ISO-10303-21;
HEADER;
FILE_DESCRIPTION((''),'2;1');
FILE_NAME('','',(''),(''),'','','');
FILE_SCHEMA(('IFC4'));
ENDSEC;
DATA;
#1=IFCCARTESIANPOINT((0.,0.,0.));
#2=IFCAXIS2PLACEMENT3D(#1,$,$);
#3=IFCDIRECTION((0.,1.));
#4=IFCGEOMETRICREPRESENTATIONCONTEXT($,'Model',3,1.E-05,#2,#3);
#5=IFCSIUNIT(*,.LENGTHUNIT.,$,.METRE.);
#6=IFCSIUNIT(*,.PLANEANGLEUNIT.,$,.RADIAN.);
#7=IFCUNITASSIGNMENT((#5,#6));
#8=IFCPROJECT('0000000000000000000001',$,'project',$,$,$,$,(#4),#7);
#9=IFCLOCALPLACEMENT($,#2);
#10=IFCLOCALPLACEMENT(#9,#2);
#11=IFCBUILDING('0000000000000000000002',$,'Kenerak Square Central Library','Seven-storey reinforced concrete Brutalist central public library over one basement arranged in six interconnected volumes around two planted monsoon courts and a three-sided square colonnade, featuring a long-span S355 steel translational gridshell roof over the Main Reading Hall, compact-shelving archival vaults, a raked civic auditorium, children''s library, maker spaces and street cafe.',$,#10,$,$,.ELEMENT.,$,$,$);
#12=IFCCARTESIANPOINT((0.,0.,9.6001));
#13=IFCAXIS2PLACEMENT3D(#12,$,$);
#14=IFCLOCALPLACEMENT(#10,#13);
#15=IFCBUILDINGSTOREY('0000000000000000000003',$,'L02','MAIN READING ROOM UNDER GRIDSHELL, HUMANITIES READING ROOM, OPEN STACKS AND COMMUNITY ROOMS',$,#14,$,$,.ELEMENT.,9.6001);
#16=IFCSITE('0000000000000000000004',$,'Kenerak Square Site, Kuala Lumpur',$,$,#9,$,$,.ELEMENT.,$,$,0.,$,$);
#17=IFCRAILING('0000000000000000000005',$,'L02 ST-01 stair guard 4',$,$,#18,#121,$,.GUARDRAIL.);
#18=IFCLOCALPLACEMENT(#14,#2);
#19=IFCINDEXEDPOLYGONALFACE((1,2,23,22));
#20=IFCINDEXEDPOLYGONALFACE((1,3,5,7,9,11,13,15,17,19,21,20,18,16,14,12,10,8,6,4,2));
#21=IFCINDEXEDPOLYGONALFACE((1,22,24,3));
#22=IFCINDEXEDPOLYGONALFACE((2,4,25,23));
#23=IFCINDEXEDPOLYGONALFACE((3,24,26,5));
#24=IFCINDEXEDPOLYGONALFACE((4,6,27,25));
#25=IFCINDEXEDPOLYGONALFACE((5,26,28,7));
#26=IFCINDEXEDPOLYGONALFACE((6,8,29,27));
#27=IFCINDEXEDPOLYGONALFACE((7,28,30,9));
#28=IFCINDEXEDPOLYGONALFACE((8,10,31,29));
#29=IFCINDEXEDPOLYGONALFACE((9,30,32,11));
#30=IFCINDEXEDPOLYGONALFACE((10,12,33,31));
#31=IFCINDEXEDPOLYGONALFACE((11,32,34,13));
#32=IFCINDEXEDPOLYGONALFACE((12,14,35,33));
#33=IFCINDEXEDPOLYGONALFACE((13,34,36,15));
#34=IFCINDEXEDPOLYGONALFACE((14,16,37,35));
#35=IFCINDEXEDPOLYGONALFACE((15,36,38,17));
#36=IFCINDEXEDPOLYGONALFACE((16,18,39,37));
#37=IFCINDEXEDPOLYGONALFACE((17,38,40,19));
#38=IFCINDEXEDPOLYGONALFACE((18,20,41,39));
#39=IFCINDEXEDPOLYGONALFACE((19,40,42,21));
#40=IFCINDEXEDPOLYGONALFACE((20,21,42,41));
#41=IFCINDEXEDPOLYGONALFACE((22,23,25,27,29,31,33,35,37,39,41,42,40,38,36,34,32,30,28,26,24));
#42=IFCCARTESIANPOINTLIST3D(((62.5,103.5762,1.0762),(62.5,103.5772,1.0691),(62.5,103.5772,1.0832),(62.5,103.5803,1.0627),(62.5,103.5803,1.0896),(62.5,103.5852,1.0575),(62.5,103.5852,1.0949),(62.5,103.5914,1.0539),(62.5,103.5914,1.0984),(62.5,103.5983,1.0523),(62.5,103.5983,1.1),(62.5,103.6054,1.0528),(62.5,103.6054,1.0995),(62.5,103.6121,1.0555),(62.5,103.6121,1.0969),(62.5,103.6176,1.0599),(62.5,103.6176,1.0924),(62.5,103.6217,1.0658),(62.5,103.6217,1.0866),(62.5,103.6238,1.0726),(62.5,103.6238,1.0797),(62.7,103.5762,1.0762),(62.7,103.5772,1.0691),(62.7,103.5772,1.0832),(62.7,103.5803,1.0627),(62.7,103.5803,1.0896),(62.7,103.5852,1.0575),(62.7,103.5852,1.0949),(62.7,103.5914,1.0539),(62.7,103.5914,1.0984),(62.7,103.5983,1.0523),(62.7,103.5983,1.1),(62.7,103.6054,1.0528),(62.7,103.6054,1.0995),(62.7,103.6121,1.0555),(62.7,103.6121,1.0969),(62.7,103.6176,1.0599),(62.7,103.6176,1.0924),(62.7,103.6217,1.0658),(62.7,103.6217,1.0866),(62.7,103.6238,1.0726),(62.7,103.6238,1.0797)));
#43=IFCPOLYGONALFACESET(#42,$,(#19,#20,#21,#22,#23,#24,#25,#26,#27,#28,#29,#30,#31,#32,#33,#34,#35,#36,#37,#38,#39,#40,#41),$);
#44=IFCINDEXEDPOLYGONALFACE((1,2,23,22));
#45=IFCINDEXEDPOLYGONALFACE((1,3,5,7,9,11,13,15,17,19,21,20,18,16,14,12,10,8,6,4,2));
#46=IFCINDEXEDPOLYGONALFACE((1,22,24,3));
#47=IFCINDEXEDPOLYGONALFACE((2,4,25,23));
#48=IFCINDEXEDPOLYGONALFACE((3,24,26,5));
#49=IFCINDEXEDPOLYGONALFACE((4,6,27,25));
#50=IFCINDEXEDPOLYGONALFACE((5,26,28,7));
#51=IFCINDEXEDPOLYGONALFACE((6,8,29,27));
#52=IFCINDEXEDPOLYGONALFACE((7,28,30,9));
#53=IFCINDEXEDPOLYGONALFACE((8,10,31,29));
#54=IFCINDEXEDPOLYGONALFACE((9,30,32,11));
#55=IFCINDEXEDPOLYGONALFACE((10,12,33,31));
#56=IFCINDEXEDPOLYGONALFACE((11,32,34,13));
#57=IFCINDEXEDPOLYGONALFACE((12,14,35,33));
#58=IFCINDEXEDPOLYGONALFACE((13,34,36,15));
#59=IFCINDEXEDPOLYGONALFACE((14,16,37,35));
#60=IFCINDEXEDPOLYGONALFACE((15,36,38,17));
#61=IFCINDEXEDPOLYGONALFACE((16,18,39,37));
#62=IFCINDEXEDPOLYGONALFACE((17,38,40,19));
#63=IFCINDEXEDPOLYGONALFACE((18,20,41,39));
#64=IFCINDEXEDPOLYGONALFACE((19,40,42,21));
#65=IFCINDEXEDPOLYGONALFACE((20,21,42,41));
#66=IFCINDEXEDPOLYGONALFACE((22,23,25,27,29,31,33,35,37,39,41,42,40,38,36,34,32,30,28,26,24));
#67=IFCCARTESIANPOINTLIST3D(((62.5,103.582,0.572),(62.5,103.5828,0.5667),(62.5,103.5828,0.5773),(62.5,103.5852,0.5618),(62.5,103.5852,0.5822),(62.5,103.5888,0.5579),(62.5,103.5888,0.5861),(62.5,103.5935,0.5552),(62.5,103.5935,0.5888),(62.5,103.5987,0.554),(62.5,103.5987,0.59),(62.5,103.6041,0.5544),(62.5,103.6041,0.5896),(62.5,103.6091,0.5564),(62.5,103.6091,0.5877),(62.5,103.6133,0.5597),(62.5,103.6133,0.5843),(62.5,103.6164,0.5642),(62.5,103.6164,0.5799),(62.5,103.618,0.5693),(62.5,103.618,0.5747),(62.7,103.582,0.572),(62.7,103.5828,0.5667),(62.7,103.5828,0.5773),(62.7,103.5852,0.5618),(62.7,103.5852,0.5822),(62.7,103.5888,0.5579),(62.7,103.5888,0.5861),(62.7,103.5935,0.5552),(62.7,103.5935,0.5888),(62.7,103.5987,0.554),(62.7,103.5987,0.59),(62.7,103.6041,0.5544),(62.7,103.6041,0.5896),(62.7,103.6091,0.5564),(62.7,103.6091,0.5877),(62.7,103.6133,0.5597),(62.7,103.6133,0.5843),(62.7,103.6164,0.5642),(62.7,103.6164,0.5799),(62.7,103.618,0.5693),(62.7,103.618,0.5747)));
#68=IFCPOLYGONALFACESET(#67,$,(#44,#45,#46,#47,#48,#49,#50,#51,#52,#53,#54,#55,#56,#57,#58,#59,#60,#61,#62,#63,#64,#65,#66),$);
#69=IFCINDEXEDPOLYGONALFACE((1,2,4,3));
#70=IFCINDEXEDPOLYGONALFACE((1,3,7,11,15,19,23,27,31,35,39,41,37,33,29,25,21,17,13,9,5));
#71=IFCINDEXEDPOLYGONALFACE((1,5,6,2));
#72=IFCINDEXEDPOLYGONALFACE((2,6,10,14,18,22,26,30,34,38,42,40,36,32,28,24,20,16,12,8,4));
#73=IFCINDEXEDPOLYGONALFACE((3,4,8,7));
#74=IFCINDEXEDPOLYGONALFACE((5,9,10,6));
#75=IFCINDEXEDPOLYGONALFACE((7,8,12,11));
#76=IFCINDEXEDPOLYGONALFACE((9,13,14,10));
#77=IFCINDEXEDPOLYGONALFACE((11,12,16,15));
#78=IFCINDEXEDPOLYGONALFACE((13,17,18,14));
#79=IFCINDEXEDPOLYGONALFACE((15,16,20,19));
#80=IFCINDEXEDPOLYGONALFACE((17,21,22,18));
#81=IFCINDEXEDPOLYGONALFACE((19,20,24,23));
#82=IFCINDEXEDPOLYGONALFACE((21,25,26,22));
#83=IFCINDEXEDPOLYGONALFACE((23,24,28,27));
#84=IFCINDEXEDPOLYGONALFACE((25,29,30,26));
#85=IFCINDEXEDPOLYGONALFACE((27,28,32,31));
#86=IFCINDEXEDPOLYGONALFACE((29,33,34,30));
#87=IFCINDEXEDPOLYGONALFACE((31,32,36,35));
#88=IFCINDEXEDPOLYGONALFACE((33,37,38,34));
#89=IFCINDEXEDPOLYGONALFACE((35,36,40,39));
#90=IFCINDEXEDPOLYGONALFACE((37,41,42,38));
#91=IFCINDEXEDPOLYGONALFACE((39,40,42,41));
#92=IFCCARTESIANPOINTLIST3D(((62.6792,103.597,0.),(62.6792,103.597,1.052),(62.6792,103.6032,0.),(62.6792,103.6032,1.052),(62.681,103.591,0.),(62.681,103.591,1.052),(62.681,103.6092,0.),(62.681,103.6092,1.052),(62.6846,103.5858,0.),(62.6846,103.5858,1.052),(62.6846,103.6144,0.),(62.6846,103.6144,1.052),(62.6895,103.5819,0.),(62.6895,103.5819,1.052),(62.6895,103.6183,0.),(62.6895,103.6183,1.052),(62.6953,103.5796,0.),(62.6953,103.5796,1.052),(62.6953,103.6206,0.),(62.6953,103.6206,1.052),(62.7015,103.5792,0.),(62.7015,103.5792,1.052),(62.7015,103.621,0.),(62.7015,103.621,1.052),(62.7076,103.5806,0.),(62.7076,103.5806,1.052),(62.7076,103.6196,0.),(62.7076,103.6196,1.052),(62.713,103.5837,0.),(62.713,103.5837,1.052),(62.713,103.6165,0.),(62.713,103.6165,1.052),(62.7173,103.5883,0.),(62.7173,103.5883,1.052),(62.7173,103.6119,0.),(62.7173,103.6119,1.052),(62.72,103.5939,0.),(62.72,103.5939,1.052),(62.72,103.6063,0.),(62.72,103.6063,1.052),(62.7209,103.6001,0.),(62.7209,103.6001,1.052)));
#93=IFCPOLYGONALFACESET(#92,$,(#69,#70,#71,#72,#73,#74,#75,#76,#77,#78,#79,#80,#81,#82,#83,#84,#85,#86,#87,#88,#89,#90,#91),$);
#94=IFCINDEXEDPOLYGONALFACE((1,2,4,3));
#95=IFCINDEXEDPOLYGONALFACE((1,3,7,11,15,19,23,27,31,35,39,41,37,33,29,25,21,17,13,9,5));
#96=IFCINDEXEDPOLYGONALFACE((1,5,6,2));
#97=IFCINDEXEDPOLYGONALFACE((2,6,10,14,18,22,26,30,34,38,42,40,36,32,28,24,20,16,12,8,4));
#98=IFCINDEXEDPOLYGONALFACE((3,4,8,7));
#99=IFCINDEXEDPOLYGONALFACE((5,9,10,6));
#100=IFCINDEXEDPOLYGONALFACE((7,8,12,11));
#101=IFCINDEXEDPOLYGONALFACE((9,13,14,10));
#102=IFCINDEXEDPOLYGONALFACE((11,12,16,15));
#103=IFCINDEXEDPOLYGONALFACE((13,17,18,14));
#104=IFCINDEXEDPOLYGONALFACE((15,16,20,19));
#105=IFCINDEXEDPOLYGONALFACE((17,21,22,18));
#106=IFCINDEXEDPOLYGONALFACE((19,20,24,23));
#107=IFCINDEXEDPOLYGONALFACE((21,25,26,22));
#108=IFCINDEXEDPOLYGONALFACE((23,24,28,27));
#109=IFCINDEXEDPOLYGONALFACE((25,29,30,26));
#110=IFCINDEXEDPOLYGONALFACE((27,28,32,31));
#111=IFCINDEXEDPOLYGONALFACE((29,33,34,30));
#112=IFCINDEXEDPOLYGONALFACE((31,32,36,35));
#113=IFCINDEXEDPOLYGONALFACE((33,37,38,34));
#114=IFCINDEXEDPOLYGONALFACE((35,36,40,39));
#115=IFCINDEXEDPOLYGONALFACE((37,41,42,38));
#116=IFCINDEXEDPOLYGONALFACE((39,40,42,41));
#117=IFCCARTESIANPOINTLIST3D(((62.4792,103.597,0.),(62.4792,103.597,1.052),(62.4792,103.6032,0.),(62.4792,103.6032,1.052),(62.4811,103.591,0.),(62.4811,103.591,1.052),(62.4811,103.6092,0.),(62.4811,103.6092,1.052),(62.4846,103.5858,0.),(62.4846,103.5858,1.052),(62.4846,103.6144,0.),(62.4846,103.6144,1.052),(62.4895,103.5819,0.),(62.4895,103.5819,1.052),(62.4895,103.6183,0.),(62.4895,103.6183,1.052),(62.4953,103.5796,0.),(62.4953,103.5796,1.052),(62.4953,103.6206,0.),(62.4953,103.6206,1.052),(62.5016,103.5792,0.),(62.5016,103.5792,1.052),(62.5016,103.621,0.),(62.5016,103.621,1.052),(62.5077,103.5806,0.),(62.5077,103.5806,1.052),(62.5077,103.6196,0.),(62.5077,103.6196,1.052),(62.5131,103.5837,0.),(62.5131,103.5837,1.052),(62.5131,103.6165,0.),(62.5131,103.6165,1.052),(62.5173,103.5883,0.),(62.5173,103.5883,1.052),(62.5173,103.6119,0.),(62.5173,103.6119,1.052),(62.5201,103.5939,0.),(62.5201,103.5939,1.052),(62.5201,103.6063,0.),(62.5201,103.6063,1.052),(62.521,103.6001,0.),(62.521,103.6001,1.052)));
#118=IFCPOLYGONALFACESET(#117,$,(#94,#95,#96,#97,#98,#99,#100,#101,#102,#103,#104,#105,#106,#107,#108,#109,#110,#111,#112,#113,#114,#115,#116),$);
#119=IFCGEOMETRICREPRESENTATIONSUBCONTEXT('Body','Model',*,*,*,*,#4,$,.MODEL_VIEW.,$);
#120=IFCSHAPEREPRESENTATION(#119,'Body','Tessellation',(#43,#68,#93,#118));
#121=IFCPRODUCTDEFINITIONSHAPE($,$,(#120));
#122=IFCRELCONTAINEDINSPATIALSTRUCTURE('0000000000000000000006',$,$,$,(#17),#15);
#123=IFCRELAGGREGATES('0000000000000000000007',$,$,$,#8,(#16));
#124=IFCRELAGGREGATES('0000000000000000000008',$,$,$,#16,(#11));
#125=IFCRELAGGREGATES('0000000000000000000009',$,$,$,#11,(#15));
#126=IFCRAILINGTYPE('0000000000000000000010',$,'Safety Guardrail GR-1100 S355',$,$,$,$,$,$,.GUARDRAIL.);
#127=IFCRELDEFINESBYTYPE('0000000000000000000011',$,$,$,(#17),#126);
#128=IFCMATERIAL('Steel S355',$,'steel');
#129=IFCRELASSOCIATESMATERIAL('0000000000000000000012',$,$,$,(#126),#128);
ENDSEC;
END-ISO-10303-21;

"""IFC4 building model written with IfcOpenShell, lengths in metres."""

from ifc_helpers import new_model, si_unit, direction, frame, origin, origin_2d, place, context, subcontext, project, spatial, circle, extrude, material, type_object, element, save


model = new_model("IFC4")

# Units and contexts
model_context = context("Model", 3, precision=1e-05, world=origin(), true_north=direction((0.0, 1.0)))
body_context = subcontext(model_context, "Body", "Model", "MODEL_VIEW")
ifc_project = project(units=[si_unit("LENGTHUNIT", "METRE"), si_unit("PLANEANGLEUNIT", "RADIAN")], contexts=[model_context])

# Site, building, storey
site_placement = place(None, origin())
site = spatial("IfcSite", under=ifc_project, at=site_placement, Name="Kenerak Square Site, Kuala Lumpur", CompositionType="ELEMENT", RefElevation=0.0)
building_placement = place(site_placement, origin())
building = spatial("IfcBuilding", under=site, at=building_placement, Name="Kenerak Square Central Library", Description="Seven-storey reinforced concrete Brutalist central public library over one basement arranged in six interconnected volumes around two planted monsoon courts and a three-sided square colonnade, featuring a long-span S355 steel translational gridshell roof over the Main Reading Hall, compact-shelving archival vaults, a raked civic auditorium, children's library, maker spaces and street cafe.", CompositionType="ELEMENT")
storey_placement = place(building_placement, frame((0.0, 0.0, 9.6001)))
storey = spatial("IfcBuildingStorey", under=building, at=storey_placement, Name="L02", Description="MAIN READING ROOM UNDER GRIDSHELL, HUMANITIES READING ROOM, OPEN STACKS AND COMMUNITY ROOMS", CompositionType="ELEMENT", Elevation=9.6001)

# Shared definitions
ifc_material_1 = material(Name="Steel S355", Category="steel")

# Railing
railing_type_1 = type_object("IfcRailingType", Name="Safety Guardrail GR-1100 S355", PredefinedType="GUARDRAIL", material=ifc_material_1)
railing_1_placement = place(storey_placement, frame((62.7, 103.6001, 0.0)))
element("IfcRailing", 1, at=railing_1_placement, inside=storey, type_object=railing_type_1, Name="L02 ST-01 stair guard 4", PredefinedType="GUARDRAIL", context=body_context, shape_type="SweptSolid", body=[
    extrude(circle(Radius=0.0239, at=origin_2d()), frame((0.0, 0.0, 1.0762), z_axis=(-1.0, 0.0, 0.0), x_axis=(0.0, -1.0, 0.0)), (0.0, 0.0, 1.0), 0.2),
    extrude(circle(Radius=0.0181, at=origin_2d()), frame((0.0, 0.0, 0.572), z_axis=(-1.0, 0.0, 0.0), x_axis=(0.0, -1.0, 0.0)), (0.0, 0.0, 1.0), 0.2),
    extrude(circle(Radius=0.021, at=origin_2d()), origin(), (0.0, 0.0, 1.0), 1.052),
    extrude(circle(Radius=0.021, at=origin_2d()), frame((-0.2, 0.0, 0.0)), (0.0, 0.0, 1.0), 1.052),
])

save(model, "model.ifc")
